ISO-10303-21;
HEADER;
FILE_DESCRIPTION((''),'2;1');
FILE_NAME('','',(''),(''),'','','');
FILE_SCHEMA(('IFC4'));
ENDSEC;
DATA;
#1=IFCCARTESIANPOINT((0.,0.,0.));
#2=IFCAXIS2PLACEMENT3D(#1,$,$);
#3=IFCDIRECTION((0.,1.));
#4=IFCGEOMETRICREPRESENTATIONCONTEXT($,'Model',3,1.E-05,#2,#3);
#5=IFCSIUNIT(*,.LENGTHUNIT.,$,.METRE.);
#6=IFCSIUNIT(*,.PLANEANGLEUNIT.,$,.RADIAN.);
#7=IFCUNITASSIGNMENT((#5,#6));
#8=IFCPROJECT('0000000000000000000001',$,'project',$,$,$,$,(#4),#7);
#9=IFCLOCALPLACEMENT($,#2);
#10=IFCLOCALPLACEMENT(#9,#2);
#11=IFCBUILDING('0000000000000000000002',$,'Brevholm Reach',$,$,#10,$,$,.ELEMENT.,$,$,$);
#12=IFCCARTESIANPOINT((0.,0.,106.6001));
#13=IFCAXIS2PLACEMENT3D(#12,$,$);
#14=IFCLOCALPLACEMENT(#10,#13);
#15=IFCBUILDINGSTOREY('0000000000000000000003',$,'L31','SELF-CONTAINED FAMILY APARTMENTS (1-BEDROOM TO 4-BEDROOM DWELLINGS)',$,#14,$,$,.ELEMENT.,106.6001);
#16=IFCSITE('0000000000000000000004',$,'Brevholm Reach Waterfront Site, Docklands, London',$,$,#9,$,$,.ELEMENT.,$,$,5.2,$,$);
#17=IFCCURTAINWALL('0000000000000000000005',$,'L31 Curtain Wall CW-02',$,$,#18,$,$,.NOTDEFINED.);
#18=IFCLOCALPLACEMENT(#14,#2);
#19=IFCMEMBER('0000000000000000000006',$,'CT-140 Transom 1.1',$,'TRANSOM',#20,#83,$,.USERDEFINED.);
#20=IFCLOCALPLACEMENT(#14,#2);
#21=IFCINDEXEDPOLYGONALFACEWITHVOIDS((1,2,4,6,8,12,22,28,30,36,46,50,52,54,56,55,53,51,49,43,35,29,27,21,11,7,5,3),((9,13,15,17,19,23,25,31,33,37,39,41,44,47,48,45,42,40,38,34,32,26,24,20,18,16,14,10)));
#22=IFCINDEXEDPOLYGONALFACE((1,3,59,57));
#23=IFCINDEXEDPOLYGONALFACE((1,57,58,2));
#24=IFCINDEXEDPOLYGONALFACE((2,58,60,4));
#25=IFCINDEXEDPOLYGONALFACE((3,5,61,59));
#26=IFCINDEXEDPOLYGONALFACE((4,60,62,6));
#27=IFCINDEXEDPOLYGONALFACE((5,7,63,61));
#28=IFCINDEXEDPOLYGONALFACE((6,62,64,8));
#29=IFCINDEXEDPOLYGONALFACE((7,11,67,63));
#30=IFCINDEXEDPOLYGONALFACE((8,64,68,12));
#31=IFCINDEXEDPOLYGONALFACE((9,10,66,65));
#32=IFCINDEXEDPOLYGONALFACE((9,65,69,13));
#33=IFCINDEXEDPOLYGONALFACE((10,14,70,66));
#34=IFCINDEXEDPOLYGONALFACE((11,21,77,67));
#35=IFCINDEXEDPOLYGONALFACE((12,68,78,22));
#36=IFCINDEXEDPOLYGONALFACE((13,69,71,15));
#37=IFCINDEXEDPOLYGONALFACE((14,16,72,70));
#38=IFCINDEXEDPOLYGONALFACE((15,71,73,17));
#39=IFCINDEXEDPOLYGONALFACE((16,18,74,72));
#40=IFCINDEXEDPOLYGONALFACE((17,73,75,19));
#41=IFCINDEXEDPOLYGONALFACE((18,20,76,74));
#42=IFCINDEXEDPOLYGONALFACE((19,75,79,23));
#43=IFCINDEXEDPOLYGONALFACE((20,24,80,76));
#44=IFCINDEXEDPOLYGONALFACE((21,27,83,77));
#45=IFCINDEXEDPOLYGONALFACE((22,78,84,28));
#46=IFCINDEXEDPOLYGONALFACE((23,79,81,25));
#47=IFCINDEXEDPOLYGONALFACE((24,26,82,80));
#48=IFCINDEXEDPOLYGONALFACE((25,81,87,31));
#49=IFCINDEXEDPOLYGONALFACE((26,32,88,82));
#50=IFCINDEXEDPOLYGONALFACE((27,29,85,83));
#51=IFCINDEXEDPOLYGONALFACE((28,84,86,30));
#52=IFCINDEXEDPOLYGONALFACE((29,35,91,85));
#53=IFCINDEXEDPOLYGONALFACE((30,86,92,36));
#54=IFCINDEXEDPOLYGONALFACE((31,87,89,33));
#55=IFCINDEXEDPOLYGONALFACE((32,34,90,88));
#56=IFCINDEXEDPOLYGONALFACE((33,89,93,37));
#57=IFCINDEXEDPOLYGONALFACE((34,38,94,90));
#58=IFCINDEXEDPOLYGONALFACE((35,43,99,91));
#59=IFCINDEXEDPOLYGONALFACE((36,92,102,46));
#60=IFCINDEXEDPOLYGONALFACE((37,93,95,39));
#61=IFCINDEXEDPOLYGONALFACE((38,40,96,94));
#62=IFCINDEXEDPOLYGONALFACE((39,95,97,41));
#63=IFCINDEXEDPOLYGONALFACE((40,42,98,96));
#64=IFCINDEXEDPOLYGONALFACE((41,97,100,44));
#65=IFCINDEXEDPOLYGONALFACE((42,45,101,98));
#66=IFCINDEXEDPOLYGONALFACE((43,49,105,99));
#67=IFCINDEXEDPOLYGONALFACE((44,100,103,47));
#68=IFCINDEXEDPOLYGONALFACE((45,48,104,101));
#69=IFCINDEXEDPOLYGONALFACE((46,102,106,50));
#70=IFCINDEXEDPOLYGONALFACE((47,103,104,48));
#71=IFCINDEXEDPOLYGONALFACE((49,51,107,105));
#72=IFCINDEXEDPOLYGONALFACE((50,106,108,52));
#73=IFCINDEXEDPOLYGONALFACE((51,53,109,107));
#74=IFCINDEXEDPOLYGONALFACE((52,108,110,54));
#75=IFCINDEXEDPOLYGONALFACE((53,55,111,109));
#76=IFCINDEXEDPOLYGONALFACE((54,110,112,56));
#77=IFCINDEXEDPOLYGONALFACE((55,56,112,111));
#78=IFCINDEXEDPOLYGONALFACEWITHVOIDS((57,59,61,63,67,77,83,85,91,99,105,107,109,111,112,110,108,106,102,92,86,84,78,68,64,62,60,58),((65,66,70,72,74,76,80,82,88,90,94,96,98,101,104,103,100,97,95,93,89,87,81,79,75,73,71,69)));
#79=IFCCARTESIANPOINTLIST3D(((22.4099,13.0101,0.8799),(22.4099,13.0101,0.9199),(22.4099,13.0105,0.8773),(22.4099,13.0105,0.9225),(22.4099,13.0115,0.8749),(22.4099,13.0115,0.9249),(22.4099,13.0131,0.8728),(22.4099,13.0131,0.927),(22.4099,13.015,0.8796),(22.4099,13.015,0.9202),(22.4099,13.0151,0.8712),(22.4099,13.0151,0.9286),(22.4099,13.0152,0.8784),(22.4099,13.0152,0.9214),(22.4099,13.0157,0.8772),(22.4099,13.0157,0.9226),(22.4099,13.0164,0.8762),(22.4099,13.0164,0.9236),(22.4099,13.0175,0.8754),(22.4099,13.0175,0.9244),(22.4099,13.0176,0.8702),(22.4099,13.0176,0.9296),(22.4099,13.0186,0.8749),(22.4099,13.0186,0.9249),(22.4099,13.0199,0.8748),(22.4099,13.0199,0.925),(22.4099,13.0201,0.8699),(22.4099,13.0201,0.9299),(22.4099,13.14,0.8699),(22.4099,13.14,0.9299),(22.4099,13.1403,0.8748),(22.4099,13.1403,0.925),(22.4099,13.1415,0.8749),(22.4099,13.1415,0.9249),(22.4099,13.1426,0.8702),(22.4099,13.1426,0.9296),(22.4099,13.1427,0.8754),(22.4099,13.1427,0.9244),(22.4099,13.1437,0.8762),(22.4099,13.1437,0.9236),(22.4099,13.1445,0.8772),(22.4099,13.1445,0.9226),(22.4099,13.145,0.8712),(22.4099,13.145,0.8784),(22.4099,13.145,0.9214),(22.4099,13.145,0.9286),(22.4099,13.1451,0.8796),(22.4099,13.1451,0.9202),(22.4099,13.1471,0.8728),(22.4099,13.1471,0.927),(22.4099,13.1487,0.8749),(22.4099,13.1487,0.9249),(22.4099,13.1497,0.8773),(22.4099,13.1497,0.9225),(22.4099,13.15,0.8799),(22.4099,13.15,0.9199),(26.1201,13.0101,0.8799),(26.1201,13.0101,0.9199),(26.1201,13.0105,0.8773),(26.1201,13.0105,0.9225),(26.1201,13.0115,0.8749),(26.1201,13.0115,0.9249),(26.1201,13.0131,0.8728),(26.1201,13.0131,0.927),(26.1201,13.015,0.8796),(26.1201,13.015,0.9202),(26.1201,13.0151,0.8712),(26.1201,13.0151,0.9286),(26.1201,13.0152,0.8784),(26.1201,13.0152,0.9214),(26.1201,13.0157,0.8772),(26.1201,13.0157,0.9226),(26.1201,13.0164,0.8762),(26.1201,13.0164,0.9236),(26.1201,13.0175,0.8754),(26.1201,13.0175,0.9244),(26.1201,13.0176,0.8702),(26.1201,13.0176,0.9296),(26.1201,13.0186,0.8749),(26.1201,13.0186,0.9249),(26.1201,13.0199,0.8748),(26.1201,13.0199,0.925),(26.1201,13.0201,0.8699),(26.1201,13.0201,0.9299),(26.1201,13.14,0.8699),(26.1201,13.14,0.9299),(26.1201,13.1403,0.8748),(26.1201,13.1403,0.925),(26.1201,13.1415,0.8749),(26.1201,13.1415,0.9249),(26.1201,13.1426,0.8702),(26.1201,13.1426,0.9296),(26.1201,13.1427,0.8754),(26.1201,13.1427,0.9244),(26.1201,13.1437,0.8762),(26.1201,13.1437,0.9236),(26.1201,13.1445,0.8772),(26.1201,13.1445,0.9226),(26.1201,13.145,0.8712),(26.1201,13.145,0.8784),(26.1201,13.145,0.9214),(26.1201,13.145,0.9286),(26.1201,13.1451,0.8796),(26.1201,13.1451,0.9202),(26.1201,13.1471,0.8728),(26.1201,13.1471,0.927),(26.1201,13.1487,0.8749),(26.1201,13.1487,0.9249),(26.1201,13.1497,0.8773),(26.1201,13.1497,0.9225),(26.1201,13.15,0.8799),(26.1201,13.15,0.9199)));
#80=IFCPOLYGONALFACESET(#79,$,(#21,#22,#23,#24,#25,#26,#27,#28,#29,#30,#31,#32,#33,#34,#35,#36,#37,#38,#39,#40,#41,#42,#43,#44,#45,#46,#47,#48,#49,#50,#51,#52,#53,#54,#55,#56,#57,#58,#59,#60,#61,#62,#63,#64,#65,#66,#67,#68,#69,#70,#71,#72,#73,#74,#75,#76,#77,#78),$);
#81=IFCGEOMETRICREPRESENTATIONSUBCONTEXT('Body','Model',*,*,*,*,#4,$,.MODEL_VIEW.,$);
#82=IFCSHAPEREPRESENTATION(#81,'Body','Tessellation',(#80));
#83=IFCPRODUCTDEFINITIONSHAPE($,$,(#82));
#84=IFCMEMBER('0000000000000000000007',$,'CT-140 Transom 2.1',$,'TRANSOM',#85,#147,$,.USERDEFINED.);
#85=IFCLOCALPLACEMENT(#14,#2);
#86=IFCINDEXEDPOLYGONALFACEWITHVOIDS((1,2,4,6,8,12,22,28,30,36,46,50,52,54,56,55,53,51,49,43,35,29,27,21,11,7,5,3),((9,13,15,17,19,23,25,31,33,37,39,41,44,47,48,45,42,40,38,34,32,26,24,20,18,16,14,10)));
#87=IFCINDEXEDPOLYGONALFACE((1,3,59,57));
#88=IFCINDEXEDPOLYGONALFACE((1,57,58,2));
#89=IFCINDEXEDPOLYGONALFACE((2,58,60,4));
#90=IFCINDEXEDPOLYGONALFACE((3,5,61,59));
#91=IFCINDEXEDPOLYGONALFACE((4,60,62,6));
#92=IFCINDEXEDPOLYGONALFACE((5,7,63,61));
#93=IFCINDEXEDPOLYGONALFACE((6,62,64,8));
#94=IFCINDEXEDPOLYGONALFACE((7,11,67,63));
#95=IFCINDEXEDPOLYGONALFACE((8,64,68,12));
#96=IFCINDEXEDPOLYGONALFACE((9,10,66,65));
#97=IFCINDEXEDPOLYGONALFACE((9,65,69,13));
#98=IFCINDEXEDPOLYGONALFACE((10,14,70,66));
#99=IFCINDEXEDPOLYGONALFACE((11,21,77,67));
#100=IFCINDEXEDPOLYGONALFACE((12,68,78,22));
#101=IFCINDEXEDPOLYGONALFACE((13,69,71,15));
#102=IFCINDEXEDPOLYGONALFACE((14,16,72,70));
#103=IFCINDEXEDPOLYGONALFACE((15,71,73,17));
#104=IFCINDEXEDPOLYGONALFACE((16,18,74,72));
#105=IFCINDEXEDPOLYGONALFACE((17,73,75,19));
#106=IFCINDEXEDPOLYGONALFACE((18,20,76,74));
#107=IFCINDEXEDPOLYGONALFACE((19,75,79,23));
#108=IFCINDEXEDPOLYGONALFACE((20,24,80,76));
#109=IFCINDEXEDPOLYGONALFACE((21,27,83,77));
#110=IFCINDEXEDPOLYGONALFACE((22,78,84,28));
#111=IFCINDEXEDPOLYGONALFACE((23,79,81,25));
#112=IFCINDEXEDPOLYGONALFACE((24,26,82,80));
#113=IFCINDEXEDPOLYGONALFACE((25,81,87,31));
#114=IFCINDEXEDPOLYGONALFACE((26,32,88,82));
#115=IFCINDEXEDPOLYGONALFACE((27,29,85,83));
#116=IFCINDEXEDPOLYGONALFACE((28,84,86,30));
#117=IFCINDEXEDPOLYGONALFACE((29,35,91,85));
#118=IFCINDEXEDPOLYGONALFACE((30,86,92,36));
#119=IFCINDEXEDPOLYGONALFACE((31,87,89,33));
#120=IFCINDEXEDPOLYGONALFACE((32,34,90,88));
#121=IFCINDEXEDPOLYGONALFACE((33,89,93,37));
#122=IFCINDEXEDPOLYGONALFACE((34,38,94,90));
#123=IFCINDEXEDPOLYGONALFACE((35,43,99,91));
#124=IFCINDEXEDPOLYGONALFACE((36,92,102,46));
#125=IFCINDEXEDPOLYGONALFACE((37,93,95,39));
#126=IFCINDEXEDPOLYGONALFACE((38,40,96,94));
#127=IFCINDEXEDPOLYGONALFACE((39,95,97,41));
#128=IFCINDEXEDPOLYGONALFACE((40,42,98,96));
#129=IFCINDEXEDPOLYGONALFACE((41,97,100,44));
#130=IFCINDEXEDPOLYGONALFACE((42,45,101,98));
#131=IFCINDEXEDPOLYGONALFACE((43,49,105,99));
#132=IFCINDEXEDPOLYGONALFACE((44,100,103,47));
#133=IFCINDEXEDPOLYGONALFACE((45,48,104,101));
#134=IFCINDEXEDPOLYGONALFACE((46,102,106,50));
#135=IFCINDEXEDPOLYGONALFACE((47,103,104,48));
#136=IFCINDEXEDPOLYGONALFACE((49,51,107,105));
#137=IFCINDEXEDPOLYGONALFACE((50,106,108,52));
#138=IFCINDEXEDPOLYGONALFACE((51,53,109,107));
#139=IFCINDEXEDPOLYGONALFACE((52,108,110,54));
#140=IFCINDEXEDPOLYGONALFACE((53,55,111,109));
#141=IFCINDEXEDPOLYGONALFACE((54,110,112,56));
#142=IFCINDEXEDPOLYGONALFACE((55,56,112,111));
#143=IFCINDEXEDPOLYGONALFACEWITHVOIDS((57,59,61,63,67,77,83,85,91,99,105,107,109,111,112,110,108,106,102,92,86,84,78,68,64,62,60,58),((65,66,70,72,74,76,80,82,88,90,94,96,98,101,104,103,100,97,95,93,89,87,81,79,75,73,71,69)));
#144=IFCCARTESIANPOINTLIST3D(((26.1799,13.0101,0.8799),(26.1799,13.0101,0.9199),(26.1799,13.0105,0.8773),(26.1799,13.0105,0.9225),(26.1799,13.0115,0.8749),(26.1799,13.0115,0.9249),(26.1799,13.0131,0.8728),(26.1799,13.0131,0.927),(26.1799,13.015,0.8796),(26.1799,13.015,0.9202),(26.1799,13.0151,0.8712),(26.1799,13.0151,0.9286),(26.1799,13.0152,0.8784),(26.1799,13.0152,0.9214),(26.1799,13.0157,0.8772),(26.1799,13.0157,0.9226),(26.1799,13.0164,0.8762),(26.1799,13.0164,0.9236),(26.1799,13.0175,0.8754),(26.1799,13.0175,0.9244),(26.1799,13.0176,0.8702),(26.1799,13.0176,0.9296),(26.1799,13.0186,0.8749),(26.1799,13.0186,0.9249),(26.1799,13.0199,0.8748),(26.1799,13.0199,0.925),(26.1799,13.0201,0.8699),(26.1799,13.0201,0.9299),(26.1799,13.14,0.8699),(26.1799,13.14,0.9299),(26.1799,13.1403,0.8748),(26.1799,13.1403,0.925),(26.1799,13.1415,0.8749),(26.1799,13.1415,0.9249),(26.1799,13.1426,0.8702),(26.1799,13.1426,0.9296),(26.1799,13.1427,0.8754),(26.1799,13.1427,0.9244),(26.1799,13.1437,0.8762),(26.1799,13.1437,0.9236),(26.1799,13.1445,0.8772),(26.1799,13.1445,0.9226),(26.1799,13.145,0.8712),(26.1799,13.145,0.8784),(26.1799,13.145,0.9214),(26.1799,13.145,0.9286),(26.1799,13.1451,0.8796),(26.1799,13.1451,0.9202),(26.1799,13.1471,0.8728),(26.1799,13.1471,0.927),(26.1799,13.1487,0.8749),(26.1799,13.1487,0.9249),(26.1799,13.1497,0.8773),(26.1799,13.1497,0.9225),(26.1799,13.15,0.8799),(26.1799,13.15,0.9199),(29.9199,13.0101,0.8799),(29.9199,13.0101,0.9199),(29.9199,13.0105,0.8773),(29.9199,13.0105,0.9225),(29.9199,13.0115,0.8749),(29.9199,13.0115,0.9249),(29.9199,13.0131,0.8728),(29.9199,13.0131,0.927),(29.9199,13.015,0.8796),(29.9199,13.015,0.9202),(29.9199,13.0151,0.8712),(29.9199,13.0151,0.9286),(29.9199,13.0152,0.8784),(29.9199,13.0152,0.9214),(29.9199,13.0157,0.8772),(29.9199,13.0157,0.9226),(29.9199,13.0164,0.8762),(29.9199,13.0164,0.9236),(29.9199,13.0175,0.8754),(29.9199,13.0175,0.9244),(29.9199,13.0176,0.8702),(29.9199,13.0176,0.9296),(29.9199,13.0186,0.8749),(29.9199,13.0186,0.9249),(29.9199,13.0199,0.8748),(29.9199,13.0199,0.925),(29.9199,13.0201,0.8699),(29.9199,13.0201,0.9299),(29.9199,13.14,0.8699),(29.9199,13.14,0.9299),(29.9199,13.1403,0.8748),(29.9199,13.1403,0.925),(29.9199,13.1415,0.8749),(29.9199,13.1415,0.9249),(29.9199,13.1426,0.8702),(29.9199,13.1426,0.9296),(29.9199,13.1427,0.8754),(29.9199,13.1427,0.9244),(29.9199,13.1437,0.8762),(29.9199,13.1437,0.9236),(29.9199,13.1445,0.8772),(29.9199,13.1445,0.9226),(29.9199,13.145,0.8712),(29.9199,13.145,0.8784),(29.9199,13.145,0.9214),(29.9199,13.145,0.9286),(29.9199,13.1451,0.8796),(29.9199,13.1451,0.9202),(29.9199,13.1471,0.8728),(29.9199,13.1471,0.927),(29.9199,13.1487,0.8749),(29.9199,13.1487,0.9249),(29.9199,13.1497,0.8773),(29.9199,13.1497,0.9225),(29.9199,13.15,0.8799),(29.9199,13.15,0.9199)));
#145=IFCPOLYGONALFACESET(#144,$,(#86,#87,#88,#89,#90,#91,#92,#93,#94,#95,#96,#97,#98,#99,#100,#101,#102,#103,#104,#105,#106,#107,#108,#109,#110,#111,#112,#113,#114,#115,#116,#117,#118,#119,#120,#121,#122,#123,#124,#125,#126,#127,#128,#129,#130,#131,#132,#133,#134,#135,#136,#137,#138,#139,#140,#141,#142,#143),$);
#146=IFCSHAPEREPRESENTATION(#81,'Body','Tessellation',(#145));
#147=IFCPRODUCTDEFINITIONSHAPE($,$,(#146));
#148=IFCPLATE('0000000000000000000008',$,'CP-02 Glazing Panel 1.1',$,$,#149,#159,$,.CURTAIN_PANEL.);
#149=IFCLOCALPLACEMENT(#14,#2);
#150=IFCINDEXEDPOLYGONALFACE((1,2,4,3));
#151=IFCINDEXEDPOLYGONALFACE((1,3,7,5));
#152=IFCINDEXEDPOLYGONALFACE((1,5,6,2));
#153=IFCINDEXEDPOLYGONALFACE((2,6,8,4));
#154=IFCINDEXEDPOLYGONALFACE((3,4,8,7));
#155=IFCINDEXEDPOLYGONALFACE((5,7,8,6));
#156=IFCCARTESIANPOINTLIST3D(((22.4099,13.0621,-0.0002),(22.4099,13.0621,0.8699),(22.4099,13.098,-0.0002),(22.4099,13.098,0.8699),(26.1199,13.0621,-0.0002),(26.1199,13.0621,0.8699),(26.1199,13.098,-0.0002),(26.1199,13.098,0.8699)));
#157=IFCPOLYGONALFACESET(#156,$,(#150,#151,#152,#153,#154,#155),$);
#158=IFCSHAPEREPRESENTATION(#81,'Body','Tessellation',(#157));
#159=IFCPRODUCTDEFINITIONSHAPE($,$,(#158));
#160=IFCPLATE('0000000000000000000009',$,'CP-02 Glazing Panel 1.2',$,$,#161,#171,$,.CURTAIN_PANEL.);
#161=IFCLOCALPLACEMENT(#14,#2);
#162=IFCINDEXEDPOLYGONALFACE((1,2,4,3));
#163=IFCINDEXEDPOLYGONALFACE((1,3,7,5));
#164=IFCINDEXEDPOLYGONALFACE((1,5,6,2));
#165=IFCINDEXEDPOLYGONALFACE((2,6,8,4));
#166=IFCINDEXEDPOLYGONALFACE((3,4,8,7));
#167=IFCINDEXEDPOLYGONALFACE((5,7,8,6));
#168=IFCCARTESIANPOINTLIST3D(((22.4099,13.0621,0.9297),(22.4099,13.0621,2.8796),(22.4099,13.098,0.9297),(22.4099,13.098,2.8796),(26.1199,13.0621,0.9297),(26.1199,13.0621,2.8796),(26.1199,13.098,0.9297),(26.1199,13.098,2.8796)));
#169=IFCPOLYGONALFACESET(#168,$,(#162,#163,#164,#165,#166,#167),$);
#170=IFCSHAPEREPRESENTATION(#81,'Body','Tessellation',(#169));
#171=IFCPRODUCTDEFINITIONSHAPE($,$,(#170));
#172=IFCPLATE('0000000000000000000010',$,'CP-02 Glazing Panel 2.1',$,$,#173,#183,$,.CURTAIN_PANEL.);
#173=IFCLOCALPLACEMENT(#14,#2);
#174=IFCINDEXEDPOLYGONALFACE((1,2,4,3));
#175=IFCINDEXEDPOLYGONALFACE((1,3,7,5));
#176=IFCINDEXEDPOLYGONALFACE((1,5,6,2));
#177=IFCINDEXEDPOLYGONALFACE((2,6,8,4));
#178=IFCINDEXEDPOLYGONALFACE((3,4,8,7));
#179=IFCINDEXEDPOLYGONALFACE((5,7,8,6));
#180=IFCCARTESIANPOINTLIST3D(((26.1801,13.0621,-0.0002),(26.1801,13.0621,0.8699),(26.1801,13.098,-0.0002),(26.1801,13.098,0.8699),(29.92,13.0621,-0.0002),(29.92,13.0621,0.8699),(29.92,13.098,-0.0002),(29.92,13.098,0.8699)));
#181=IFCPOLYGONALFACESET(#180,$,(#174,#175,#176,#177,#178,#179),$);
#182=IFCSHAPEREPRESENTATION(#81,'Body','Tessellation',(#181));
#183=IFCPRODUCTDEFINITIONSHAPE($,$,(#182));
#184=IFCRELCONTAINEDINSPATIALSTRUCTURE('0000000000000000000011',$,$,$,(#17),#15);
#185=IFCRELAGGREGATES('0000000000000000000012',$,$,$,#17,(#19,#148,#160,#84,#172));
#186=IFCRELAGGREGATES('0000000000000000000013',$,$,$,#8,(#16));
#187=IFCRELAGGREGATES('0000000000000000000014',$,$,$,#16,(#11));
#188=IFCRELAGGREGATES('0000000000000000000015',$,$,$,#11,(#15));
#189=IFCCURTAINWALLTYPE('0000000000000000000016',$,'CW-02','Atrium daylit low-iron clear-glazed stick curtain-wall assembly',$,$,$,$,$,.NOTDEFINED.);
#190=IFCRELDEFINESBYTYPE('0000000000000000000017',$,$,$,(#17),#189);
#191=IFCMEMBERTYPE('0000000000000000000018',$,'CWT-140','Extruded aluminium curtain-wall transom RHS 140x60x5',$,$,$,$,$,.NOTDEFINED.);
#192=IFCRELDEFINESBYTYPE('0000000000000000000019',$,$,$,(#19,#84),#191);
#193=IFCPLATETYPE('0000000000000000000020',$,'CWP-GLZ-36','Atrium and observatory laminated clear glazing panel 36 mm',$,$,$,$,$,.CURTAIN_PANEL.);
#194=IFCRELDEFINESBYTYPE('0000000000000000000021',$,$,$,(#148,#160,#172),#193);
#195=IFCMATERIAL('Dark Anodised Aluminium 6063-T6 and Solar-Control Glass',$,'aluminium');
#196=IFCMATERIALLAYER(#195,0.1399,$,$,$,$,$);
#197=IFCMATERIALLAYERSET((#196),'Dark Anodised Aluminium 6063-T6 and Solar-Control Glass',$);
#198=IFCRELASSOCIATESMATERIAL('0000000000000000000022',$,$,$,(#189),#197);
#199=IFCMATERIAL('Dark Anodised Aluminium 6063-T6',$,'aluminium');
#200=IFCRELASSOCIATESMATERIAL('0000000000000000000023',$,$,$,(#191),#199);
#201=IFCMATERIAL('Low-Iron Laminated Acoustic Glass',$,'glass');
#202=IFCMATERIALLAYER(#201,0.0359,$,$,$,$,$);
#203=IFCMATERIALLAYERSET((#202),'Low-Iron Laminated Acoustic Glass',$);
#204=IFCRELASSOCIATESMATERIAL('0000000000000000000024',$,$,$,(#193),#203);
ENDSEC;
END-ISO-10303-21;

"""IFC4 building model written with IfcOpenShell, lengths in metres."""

from ifc_helpers import new_model, si_unit, direction, frame, origin, origin_2d, place, context, subcontext, project, spatial, rectangle, hollow_rectangle, extrude, material, layer, layer_set, material_profile, profile_set, type_object, element, aggregate, save


model = new_model("IFC4")

# Units and contexts
model_context = context("Model", 3, precision=1e-05, world=origin(), true_north=direction((0.0, 1.0)))
body_context = subcontext(model_context, "Body", "Model", "MODEL_VIEW")
ifc_project = project(units=[si_unit("LENGTHUNIT", "METRE"), si_unit("PLANEANGLEUNIT", "RADIAN")], contexts=[model_context])

# Site, building, storey
site_placement = place(None, origin())
site = spatial("IfcSite", under=ifc_project, at=site_placement, Name="Brevholm Reach Waterfront Site, Docklands, London", CompositionType="ELEMENT", RefElevation=5.2)
building_placement = place(site_placement, origin())
building = spatial("IfcBuilding", under=site, at=building_placement, Name="Brevholm Reach", CompositionType="ELEMENT")
storey_placement = place(building_placement, frame((0.0, 0.0, 106.6001)))
storey = spatial("IfcBuildingStorey", under=building, at=storey_placement, Name="L31", Description="SELF-CONTAINED FAMILY APARTMENTS (1-BEDROOM TO 4-BEDROOM DWELLINGS)", CompositionType="ELEMENT", Elevation=106.6001)

# Curtain wall, members, plates
ifc_material_1 = material(Name="Dark Anodised Aluminium 6063-T6 and Solar-Control Glass", Category="aluminium")
ifc_layer_1 = layer(ifc_material_1, 0.1399)
ifc_layer_set_1 = layer_set([ifc_layer_1], Name="Dark Anodised Aluminium 6063-T6 and Solar-Control Glass")
curtain_wall_type = type_object("IfcCurtainWallType", Name="CW-02", Description="Atrium daylit low-iron clear-glazed stick curtain-wall assembly", PredefinedType="NOTDEFINED", material=ifc_layer_set_1)
curtain_wall_placement = place(storey_placement, origin())
curtain_wall = element("IfcCurtainWall", 1, at=curtain_wall_placement, inside=storey, type_object=curtain_wall_type, Name="L31 Curtain Wall CW-02", PredefinedType="NOTDEFINED")
ifc_material_2 = material(Name="Dark Anodised Aluminium 6063-T6", Category="aluminium")
ifc_material_profile_1 = material_profile(ifc_material_2, hollow_rectangle(XDim=0.0601, YDim=0.1399, WallThickness=0.0049, InnerFilletRadius=0.0049, OuterFilletRadius=0.01, at=origin_2d()), Name="RHS 140x60x5")
ifc_profile_set_1 = profile_set([ifc_material_profile_1], Name="Dark Anodised Aluminium 6063-T6")
member_type_1 = type_object("IfcMemberType", Name="CWT-140", Description="Extruded aluminium curtain-wall transom RHS 140x60x5", PredefinedType="NOTDEFINED", material=ifc_profile_set_1)
member_1_placement = place(storey_placement, frame((22.4099, 13.0801, 0.8999), z_axis=(1.0, 0.0, 0.0), x_axis=(0.0, 0.0, 1.0)))
member_1 = element("IfcMember", 2, at=member_1_placement, type_object=member_type_1, Name="CT-140 Transom 1.1", ObjectType="TRANSOM", PredefinedType="USERDEFINED", context=body_context, shape_type="SweptSolid", body=[
    extrude(hollow_rectangle(XDim=0.0601, YDim=0.1399, WallThickness=0.0049, InnerFilletRadius=0.0049, OuterFilletRadius=0.01, at=origin_2d()), origin(), (0.0, 0.0, 1.0), 3.7102),
])
member_2_placement = place(storey_placement, frame((26.1799, 13.0801, 0.8999), z_axis=(1.0, 0.0, 0.0), x_axis=(0.0, 0.0, 1.0)))
member_2 = element("IfcMember", 3, at=member_2_placement, type_object=member_type_1, Name="CT-140 Transom 2.1", ObjectType="TRANSOM", PredefinedType="USERDEFINED", context=body_context, shape_type="SweptSolid", body=[
    extrude(hollow_rectangle(XDim=0.0601, YDim=0.1399, WallThickness=0.0049, InnerFilletRadius=0.0049, OuterFilletRadius=0.01, at=origin_2d()), origin(), (0.0, 0.0, 1.0), 3.74),
])
ifc_material_3 = material(Name="Low-Iron Laminated Acoustic Glass", Category="glass")
ifc_layer_2 = layer(ifc_material_3, 0.0359)
ifc_layer_set_2 = layer_set([ifc_layer_2], Name="Low-Iron Laminated Acoustic Glass")
plate_type = type_object("IfcPlateType", Name="CWP-GLZ-36", Description="Atrium and observatory laminated clear glazing panel 36 mm", PredefinedType="CURTAIN_PANEL", material=ifc_layer_set_2)
plate_1_placement = place(storey_placement, frame((24.2649, 13.0801, -0.0002), z_axis=(0.0, 0.0, 1.0), x_axis=(1.0, 0.0, 0.0)))
plate_1 = element("IfcPlate", 4, at=plate_1_placement, type_object=plate_type, Name="CP-02 Glazing Panel 1.1", PredefinedType="CURTAIN_PANEL", context=body_context, shape_type="SweptSolid", body=[
    extrude(rectangle(XDim=3.71, YDim=0.0359, at=origin_2d()), origin(), (0.0, 0.0, 1.0), 0.8701),
])
plate_2_placement = place(storey_placement, frame((24.2649, 13.0801, 0.9297), z_axis=(0.0, 0.0, 1.0), x_axis=(1.0, 0.0, 0.0)))
plate_2 = element("IfcPlate", 5, at=plate_2_placement, type_object=plate_type, Name="CP-02 Glazing Panel 1.2", PredefinedType="CURTAIN_PANEL", context=body_context, shape_type="SweptSolid", body=[
    extrude(rectangle(XDim=3.71, YDim=0.0359, at=origin_2d()), origin(), (0.0, 0.0, 1.0), 1.95),
])
plate_3_placement = place(storey_placement, frame((28.05, 13.0801, -0.0002), z_axis=(0.0, 0.0, 1.0), x_axis=(1.0, 0.0, 0.0)))
plate_3 = element("IfcPlate", 6, at=plate_3_placement, type_object=plate_type, Name="CP-02 Glazing Panel 2.1", PredefinedType="CURTAIN_PANEL", context=body_context, shape_type="SweptSolid", body=[
    extrude(rectangle(XDim=3.74, YDim=0.0359, at=origin_2d()), origin(), (0.0, 0.0, 1.0), 0.8701),
])
aggregate(curtain_wall, [member_1, plate_1, plate_2, member_2, plate_3])

save(model, "model.ifc")
